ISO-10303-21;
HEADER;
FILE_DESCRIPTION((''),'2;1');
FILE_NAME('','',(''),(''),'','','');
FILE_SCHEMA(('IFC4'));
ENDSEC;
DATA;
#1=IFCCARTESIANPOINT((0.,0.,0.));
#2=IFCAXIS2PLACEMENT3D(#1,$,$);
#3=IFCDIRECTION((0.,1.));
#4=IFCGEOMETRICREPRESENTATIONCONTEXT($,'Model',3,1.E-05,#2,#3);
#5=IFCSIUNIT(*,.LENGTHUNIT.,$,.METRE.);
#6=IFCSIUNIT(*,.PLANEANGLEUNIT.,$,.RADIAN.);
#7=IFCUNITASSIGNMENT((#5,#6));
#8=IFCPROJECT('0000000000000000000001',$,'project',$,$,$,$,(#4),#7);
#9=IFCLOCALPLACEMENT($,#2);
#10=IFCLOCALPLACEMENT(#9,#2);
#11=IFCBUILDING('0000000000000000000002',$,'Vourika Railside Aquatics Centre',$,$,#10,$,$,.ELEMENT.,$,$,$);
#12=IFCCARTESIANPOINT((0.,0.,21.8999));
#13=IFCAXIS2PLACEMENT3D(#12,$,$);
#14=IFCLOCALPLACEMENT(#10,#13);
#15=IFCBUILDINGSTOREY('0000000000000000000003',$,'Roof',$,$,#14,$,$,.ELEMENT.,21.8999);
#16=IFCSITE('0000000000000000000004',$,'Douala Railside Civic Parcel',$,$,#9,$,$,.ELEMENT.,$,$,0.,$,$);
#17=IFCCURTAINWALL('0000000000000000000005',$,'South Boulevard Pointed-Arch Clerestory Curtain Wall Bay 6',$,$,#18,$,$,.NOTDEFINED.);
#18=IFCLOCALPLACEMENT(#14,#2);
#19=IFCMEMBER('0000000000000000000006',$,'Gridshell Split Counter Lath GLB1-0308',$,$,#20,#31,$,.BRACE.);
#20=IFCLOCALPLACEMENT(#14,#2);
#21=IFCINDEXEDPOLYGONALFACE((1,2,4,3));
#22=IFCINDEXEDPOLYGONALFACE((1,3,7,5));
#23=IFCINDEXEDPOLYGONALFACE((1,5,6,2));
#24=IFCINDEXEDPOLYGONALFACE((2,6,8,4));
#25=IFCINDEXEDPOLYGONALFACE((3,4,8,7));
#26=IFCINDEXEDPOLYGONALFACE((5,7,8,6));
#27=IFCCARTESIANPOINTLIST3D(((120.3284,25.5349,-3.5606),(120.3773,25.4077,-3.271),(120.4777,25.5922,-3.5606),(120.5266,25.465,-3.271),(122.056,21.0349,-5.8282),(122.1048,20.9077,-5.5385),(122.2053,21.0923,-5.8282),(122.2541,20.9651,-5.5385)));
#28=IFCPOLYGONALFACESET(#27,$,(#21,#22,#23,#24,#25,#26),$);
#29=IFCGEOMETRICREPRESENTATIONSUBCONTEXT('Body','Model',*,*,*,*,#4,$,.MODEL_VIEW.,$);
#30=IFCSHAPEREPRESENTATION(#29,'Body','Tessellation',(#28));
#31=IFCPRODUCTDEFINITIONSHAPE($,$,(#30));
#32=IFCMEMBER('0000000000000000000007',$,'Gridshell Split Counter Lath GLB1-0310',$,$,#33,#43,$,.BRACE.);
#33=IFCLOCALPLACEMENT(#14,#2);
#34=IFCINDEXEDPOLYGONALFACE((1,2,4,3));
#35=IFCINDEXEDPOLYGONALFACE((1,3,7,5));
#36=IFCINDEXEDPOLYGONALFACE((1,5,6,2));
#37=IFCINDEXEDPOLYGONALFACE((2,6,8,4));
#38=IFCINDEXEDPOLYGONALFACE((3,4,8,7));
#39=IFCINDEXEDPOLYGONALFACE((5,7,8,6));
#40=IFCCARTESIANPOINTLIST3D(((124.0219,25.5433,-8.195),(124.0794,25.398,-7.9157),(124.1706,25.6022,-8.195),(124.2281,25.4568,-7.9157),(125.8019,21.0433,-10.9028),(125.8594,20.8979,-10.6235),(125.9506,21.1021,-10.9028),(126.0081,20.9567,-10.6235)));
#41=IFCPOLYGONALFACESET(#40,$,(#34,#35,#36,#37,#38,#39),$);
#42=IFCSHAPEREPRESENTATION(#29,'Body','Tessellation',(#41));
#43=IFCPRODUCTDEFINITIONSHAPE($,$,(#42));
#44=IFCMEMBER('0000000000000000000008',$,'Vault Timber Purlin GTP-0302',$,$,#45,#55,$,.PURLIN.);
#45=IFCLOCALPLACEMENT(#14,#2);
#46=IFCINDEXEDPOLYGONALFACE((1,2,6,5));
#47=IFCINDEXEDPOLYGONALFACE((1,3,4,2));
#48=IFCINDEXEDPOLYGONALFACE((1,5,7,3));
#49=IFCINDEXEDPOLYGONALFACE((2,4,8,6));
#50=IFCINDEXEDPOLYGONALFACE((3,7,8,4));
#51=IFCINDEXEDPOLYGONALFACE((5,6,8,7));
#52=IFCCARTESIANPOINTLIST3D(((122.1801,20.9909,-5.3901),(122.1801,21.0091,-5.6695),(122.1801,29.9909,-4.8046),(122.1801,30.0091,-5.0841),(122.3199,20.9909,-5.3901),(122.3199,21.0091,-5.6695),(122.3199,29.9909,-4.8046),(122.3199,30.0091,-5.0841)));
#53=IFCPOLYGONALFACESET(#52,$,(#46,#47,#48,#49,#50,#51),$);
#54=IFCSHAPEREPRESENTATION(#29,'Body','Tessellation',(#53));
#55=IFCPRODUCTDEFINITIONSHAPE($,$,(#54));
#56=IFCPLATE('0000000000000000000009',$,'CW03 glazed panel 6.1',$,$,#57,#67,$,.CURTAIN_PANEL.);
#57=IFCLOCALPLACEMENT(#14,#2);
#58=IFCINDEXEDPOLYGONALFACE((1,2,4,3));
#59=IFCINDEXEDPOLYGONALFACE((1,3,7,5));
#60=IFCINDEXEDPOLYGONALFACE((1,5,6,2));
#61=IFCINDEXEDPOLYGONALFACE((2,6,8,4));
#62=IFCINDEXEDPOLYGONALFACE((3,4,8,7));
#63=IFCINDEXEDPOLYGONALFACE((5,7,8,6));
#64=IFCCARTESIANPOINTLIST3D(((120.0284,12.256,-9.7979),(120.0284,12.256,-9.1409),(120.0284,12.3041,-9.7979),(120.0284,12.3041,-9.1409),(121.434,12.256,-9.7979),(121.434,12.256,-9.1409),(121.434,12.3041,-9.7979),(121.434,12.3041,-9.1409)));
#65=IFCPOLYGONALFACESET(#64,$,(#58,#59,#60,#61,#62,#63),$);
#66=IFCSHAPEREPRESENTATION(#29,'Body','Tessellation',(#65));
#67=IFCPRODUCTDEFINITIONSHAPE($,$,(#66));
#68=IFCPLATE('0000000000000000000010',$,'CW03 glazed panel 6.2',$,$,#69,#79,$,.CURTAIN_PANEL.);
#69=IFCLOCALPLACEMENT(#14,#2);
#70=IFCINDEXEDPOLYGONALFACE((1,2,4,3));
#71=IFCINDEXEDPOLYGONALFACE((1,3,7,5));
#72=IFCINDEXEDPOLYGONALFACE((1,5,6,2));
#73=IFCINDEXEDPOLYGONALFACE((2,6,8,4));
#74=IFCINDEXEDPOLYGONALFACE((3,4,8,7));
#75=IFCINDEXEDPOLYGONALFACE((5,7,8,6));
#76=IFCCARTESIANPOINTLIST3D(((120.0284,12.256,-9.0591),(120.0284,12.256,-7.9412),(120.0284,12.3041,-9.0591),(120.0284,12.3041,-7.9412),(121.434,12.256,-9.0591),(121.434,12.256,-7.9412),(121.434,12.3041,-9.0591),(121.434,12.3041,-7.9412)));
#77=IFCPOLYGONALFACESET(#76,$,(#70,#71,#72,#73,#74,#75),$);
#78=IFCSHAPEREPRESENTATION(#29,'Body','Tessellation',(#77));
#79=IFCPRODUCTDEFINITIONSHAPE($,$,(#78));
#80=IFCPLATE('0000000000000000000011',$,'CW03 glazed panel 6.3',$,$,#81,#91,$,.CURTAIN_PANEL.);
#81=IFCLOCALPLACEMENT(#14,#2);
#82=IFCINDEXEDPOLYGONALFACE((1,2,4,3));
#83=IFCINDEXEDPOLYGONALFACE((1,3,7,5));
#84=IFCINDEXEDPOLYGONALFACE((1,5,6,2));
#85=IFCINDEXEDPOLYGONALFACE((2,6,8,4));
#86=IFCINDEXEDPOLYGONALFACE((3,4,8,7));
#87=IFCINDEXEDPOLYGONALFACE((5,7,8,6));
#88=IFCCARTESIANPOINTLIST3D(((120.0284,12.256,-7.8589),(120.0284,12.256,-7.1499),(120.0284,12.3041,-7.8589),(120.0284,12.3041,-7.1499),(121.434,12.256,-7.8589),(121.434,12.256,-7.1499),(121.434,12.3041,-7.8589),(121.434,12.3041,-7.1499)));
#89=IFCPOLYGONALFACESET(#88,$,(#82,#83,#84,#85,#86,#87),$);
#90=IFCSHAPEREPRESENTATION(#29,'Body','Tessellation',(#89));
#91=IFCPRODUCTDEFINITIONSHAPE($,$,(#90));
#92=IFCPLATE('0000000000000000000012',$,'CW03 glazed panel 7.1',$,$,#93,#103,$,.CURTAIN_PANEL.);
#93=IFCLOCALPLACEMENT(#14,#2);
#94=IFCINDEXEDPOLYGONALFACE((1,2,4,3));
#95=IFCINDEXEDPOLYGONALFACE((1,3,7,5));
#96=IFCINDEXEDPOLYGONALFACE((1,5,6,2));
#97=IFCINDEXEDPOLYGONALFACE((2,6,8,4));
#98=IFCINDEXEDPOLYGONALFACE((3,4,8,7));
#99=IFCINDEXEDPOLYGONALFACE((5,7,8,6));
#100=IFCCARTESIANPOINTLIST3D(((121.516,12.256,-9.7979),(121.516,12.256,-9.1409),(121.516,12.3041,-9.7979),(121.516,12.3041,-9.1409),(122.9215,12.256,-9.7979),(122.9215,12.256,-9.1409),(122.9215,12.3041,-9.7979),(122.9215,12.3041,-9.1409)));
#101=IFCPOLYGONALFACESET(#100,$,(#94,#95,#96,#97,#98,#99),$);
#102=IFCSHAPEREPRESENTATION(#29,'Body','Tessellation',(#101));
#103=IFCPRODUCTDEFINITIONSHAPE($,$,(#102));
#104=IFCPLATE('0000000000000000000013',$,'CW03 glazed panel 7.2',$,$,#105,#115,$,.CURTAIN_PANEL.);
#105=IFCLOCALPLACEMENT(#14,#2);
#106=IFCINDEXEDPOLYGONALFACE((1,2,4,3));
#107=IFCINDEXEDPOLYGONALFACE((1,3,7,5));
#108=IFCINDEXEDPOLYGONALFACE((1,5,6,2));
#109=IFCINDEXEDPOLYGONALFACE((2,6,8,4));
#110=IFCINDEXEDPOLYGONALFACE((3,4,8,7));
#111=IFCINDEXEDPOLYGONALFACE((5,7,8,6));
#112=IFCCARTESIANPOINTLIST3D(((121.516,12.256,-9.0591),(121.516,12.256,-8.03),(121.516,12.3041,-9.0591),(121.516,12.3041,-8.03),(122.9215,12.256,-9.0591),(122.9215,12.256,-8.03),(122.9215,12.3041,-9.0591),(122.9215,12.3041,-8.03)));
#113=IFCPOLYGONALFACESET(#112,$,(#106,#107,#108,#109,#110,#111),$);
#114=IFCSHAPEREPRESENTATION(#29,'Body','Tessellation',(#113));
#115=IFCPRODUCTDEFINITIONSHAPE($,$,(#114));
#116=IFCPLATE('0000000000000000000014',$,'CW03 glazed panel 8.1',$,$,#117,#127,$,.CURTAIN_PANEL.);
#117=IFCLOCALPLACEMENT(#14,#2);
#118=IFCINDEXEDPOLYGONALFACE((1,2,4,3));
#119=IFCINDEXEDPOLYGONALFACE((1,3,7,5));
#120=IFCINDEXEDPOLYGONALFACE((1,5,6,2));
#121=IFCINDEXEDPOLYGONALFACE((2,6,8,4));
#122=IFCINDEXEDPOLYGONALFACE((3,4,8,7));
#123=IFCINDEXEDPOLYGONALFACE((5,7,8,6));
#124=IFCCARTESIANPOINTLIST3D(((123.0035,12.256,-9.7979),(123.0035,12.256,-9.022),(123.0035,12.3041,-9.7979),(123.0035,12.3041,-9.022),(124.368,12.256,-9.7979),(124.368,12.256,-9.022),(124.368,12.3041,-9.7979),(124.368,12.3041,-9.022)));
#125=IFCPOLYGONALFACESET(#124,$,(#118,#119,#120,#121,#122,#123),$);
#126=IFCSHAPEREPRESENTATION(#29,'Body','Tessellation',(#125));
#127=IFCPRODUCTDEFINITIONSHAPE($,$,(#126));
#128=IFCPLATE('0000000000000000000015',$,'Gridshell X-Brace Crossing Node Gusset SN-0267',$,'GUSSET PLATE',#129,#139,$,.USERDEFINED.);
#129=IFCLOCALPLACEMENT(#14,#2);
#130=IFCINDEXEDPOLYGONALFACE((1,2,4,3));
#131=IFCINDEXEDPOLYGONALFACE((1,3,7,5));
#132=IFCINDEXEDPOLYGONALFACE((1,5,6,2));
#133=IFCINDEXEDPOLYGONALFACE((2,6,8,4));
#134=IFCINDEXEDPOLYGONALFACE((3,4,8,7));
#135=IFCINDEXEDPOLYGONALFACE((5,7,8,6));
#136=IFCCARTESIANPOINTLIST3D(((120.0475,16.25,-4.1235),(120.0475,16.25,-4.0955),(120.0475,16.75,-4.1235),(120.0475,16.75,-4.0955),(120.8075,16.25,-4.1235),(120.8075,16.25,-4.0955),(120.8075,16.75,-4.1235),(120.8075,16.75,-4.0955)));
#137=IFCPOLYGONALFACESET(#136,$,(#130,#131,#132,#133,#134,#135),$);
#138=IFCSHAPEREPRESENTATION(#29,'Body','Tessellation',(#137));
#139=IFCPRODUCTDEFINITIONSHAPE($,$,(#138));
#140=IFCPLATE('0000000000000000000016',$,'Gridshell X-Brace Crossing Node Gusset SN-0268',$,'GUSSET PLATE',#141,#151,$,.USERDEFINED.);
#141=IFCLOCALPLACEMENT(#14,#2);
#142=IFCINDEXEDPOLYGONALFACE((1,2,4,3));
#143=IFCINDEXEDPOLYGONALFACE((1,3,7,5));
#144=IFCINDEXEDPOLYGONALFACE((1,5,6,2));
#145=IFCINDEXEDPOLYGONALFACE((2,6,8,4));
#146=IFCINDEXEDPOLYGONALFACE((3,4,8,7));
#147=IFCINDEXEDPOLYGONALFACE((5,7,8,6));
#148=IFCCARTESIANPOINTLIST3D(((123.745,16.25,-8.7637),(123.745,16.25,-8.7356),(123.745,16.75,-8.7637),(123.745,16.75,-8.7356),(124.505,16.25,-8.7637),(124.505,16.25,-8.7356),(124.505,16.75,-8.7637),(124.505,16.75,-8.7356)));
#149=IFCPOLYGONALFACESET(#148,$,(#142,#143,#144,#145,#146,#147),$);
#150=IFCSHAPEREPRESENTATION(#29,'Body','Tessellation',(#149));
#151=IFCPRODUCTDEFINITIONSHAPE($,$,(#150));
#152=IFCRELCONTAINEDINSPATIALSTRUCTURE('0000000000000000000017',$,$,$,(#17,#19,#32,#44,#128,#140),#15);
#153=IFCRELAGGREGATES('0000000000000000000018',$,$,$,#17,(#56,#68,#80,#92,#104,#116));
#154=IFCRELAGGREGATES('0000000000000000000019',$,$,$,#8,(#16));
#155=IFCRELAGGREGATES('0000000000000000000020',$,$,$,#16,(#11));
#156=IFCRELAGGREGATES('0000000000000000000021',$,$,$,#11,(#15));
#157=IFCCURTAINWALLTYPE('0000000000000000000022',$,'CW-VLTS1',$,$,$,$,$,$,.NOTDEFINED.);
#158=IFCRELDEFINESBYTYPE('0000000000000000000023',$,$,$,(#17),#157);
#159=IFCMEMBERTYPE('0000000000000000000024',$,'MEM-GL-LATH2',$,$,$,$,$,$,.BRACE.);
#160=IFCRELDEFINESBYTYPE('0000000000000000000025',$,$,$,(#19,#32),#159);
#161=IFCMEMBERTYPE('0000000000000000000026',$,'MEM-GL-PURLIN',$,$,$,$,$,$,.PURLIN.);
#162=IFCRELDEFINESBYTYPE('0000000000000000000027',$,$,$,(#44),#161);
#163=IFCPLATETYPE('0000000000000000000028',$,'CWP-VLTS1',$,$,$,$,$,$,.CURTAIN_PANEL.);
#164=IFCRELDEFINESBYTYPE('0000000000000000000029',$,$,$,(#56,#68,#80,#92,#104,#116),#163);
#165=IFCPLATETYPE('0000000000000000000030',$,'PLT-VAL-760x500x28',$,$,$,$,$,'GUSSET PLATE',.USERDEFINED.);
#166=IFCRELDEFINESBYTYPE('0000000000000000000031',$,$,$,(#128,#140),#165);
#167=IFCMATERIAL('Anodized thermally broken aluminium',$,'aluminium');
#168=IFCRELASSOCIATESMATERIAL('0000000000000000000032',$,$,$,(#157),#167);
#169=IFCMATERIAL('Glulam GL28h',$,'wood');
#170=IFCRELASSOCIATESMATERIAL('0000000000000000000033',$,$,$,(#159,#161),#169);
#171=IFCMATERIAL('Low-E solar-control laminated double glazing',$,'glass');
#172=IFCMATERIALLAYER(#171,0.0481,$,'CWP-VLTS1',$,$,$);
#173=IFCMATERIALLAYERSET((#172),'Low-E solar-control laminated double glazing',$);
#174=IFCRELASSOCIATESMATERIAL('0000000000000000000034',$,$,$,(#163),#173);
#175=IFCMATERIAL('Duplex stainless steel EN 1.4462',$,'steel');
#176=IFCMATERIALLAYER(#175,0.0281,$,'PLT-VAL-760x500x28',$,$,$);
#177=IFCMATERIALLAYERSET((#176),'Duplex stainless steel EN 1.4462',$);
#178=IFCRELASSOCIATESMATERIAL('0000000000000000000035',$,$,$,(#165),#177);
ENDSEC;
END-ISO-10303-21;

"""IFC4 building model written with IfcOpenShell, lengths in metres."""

from ifc_helpers import new_model, si_unit, direction, frame, origin, origin_2d, place, context, subcontext, project, spatial, rectangle, extrude, material, layer, layer_set, material_profile, profile_set, type_object, element, aggregate, save


model = new_model("IFC4")

# Units and contexts
model_context = context("Model", 3, precision=1e-05, world=origin(), true_north=direction((0.0, 1.0)))
body_context = subcontext(model_context, "Body", "Model", "MODEL_VIEW")
ifc_project = project(units=[si_unit("LENGTHUNIT", "METRE"), si_unit("PLANEANGLEUNIT", "RADIAN")], contexts=[model_context])

# Site, building, storey
site_placement = place(None, origin())
site = spatial("IfcSite", under=ifc_project, at=site_placement, Name="Douala Railside Civic Parcel", CompositionType="ELEMENT", RefElevation=0.0)
building_placement = place(site_placement, origin())
building = spatial("IfcBuilding", under=site, at=building_placement, Name="Vourika Railside Aquatics Centre", CompositionType="ELEMENT")
storey_placement = place(building_placement, frame((0.0, 0.0, 21.8999)))
storey = spatial("IfcBuildingStorey", under=building, at=storey_placement, Name="Roof", CompositionType="ELEMENT", Elevation=21.8999)

# Curtain wall
ifc_material_1 = material(Name="Anodized thermally broken aluminium", Category="aluminium")
curtain_wall_type = type_object("IfcCurtainWallType", Name="CW-VLTS1", PredefinedType="NOTDEFINED", material=ifc_material_1)
curtain_wall_placement = place(storey_placement, origin())
curtain_wall = element("IfcCurtainWall", 1, at=curtain_wall_placement, inside=storey, type_object=curtain_wall_type, Name="South Boulevard Pointed-Arch Clerestory Curtain Wall Bay 6", PredefinedType="NOTDEFINED")

# Members
ifc_material_2 = material(Name="Glulam GL28h", Category="wood")
ifc_material_profile_1 = material_profile(ifc_material_2, rectangle(XDim=0.1599, YDim=0.3201, at=origin_2d()), Name="GL28h 160x320")
ifc_profile_set_1 = profile_set([ifc_material_profile_1], Name="Glulam GL28h")
member_type_1 = type_object("IfcMemberType", Name="MEM-GL-LATH2", PredefinedType="BRACE", material=ifc_profile_set_1)
member_1_placement = place(storey_placement, frame((122.155, 21.0, -5.6833), z_axis=(-0.324302, 0.844762, 0.425681), x_axis=(-0.93357, -0.358395, 0.0)))
element("IfcMember", 2, at=member_1_placement, inside=storey, type_object=member_type_1, Name="Gridshell Split Counter Lath GLB1-0308", PredefinedType="BRACE", context=body_context, shape_type="SweptSolid", body=[
    extrude(rectangle(XDim=0.1599, YDim=0.3201, at=origin_2d()), origin(), (0.0, 0.0, 1.0), 5.3269),
])
member_2_placement = place(storey_placement, frame((125.905, 21.0, -10.7632), z_axis=(-0.320997, 0.811496, 0.488298), x_axis=(-0.929893, -0.36783, 0.0)))
element("IfcMember", 3, at=member_2_placement, inside=storey, type_object=member_type_1, Name="Gridshell Split Counter Lath GLB1-0310", PredefinedType="BRACE", context=body_context, shape_type="SweptSolid", body=[
    extrude(rectangle(XDim=0.1599, YDim=0.3201, at=origin_2d()), origin(), (0.0, 0.0, 1.0), 5.5454),
])
ifc_material_profile_2 = material_profile(ifc_material_2, rectangle(XDim=0.1399, YDim=0.28, at=origin_2d()), Name="GL28h 140x280")
ifc_profile_set_2 = profile_set([ifc_material_profile_2], Name="Glulam GL28h")
member_type_2 = type_object("IfcMemberType", Name="MEM-GL-PURLIN", PredefinedType="PURLIN", material=ifc_profile_set_2)
member_3_placement = place(storey_placement, frame((122.25, 21.0, -5.5298), z_axis=(0.0, 0.997891, 0.064913), x_axis=(-1.0, 0.0, 0.0)))
element("IfcMember", 4, at=member_3_placement, inside=storey, type_object=member_type_2, Name="Vault Timber Purlin GTP-0302", PredefinedType="PURLIN", context=body_context, shape_type="SweptSolid", body=[
    extrude(rectangle(XDim=0.1399, YDim=0.28, at=origin_2d()), origin(), (0.0, 0.0, 1.0), 9.019),
])

# Plates
ifc_material_3 = material(Name="Low-E solar-control laminated double glazing", Category="glass")
ifc_layer_1 = layer(ifc_material_3, 0.0481, Name="CWP-VLTS1")
ifc_layer_set_1 = layer_set([ifc_layer_1], Name="Low-E solar-control laminated double glazing")
plate_type_1 = type_object("IfcPlateType", Name="CWP-VLTS1", PredefinedType="CURTAIN_PANEL", material=ifc_layer_set_1)
plate_1_placement = place(storey_placement, frame((120.7312, 12.28, -9.7979), z_axis=(0.0, 0.0, 1.0), x_axis=(1.0, 0.0, 0.0)))
plate_1 = element("IfcPlate", 5, at=plate_1_placement, type_object=plate_type_1, Name="CW03 glazed panel 6.1", PredefinedType="CURTAIN_PANEL", context=body_context, shape_type="SweptSolid", body=[
    extrude(rectangle(XDim=1.4055, YDim=0.0481, at=origin_2d()), origin(), (0.0, 0.0, 1.0), 0.657),
])
plate_2_placement = place(storey_placement, frame((120.7312, 12.28, -9.0591), z_axis=(0.0, 0.0, 1.0), x_axis=(1.0, 0.0, 0.0)))
plate_2 = element("IfcPlate", 6, at=plate_2_placement, type_object=plate_type_1, Name="CW03 glazed panel 6.2", PredefinedType="CURTAIN_PANEL", context=body_context, shape_type="SweptSolid", body=[
    extrude(rectangle(XDim=1.4055, YDim=0.0481, at=origin_2d()), origin(), (0.0, 0.0, 1.0), 1.1179),
])
plate_3_placement = place(storey_placement, frame((120.7312, 12.28, -7.8589), z_axis=(0.0, 0.0, 1.0), x_axis=(1.0, 0.0, 0.0)))
plate_3 = element("IfcPlate", 7, at=plate_3_placement, type_object=plate_type_1, Name="CW03 glazed panel 6.3", PredefinedType="CURTAIN_PANEL", context=body_context, shape_type="SweptSolid", body=[
    extrude(rectangle(XDim=1.4055, YDim=0.0481, at=origin_2d()), origin(), (0.0, 0.0, 1.0), 0.709),
])
plate_4_placement = place(storey_placement, frame((122.2188, 12.28, -9.7979), z_axis=(0.0, 0.0, 1.0), x_axis=(1.0, 0.0, 0.0)))
plate_4 = element("IfcPlate", 8, at=plate_4_placement, type_object=plate_type_1, Name="CW03 glazed panel 7.1", PredefinedType="CURTAIN_PANEL", context=body_context, shape_type="SweptSolid", body=[
    extrude(rectangle(XDim=1.4055, YDim=0.0481, at=origin_2d()), origin(), (0.0, 0.0, 1.0), 0.657),
])
plate_5_placement = place(storey_placement, frame((122.2188, 12.28, -9.0591), z_axis=(0.0, 0.0, 1.0), x_axis=(1.0, 0.0, 0.0)))
plate_5 = element("IfcPlate", 9, at=plate_5_placement, type_object=plate_type_1, Name="CW03 glazed panel 7.2", PredefinedType="CURTAIN_PANEL", context=body_context, shape_type="SweptSolid", body=[
    extrude(rectangle(XDim=1.4055, YDim=0.0481, at=origin_2d()), origin(), (0.0, 0.0, 1.0), 1.0291),
])
plate_6_placement = place(storey_placement, frame((123.6858, 12.28, -9.7979), z_axis=(0.0, 0.0, 1.0), x_axis=(1.0, 0.0, 0.0)))
plate_6 = element("IfcPlate", 10, at=plate_6_placement, type_object=plate_type_1, Name="CW03 glazed panel 8.1", PredefinedType="CURTAIN_PANEL", context=body_context, shape_type="SweptSolid", body=[
    extrude(rectangle(XDim=1.3645, YDim=0.0481, at=origin_2d()), origin(), (0.0, 0.0, 1.0), 0.7759),
])
aggregate(curtain_wall, [plate_1, plate_2, plate_3, plate_4, plate_5, plate_6])

# Plates
ifc_material_4 = material(Name="Duplex stainless steel EN 1.4462", Category="steel")
ifc_layer_2 = layer(ifc_material_4, 0.0281, Name="PLT-VAL-760x500x28")
ifc_layer_set_2 = layer_set([ifc_layer_2], Name="Duplex stainless steel EN 1.4462")
plate_type_2 = type_object("IfcPlateType", Name="PLT-VAL-760x500x28", ElementType="GUSSET PLATE", PredefinedType="USERDEFINED", material=ifc_layer_set_2)
for number, where, z_axis, x_axis, name in (
    (11, (120.4275, 16.5, -4.1235), (0.0, 0.0, 1.0), (1.0, 0.0, 0.0), "Gridshell X-Brace Crossing Node Gusset SN-0267"),
    (12, (124.125, 16.5, -8.7637), (0.0, 0.0, 1.0), (1.0, 0.0, 0.0), "Gridshell X-Brace Crossing Node Gusset SN-0268"),
):
    element("IfcPlate", number, at=place(storey_placement, frame(where, z_axis=z_axis, x_axis=x_axis)), inside=storey, type_object=plate_type_2, Name=name, ObjectType="GUSSET PLATE", PredefinedType="USERDEFINED", context=body_context, shape_type="SweptSolid", body=[
        extrude(rectangle(XDim=0.76, YDim=0.5, at=origin_2d()), origin(), (0.0, 0.0, 1.0), 0.0281),
    ])

save(model, "model.ifc")
